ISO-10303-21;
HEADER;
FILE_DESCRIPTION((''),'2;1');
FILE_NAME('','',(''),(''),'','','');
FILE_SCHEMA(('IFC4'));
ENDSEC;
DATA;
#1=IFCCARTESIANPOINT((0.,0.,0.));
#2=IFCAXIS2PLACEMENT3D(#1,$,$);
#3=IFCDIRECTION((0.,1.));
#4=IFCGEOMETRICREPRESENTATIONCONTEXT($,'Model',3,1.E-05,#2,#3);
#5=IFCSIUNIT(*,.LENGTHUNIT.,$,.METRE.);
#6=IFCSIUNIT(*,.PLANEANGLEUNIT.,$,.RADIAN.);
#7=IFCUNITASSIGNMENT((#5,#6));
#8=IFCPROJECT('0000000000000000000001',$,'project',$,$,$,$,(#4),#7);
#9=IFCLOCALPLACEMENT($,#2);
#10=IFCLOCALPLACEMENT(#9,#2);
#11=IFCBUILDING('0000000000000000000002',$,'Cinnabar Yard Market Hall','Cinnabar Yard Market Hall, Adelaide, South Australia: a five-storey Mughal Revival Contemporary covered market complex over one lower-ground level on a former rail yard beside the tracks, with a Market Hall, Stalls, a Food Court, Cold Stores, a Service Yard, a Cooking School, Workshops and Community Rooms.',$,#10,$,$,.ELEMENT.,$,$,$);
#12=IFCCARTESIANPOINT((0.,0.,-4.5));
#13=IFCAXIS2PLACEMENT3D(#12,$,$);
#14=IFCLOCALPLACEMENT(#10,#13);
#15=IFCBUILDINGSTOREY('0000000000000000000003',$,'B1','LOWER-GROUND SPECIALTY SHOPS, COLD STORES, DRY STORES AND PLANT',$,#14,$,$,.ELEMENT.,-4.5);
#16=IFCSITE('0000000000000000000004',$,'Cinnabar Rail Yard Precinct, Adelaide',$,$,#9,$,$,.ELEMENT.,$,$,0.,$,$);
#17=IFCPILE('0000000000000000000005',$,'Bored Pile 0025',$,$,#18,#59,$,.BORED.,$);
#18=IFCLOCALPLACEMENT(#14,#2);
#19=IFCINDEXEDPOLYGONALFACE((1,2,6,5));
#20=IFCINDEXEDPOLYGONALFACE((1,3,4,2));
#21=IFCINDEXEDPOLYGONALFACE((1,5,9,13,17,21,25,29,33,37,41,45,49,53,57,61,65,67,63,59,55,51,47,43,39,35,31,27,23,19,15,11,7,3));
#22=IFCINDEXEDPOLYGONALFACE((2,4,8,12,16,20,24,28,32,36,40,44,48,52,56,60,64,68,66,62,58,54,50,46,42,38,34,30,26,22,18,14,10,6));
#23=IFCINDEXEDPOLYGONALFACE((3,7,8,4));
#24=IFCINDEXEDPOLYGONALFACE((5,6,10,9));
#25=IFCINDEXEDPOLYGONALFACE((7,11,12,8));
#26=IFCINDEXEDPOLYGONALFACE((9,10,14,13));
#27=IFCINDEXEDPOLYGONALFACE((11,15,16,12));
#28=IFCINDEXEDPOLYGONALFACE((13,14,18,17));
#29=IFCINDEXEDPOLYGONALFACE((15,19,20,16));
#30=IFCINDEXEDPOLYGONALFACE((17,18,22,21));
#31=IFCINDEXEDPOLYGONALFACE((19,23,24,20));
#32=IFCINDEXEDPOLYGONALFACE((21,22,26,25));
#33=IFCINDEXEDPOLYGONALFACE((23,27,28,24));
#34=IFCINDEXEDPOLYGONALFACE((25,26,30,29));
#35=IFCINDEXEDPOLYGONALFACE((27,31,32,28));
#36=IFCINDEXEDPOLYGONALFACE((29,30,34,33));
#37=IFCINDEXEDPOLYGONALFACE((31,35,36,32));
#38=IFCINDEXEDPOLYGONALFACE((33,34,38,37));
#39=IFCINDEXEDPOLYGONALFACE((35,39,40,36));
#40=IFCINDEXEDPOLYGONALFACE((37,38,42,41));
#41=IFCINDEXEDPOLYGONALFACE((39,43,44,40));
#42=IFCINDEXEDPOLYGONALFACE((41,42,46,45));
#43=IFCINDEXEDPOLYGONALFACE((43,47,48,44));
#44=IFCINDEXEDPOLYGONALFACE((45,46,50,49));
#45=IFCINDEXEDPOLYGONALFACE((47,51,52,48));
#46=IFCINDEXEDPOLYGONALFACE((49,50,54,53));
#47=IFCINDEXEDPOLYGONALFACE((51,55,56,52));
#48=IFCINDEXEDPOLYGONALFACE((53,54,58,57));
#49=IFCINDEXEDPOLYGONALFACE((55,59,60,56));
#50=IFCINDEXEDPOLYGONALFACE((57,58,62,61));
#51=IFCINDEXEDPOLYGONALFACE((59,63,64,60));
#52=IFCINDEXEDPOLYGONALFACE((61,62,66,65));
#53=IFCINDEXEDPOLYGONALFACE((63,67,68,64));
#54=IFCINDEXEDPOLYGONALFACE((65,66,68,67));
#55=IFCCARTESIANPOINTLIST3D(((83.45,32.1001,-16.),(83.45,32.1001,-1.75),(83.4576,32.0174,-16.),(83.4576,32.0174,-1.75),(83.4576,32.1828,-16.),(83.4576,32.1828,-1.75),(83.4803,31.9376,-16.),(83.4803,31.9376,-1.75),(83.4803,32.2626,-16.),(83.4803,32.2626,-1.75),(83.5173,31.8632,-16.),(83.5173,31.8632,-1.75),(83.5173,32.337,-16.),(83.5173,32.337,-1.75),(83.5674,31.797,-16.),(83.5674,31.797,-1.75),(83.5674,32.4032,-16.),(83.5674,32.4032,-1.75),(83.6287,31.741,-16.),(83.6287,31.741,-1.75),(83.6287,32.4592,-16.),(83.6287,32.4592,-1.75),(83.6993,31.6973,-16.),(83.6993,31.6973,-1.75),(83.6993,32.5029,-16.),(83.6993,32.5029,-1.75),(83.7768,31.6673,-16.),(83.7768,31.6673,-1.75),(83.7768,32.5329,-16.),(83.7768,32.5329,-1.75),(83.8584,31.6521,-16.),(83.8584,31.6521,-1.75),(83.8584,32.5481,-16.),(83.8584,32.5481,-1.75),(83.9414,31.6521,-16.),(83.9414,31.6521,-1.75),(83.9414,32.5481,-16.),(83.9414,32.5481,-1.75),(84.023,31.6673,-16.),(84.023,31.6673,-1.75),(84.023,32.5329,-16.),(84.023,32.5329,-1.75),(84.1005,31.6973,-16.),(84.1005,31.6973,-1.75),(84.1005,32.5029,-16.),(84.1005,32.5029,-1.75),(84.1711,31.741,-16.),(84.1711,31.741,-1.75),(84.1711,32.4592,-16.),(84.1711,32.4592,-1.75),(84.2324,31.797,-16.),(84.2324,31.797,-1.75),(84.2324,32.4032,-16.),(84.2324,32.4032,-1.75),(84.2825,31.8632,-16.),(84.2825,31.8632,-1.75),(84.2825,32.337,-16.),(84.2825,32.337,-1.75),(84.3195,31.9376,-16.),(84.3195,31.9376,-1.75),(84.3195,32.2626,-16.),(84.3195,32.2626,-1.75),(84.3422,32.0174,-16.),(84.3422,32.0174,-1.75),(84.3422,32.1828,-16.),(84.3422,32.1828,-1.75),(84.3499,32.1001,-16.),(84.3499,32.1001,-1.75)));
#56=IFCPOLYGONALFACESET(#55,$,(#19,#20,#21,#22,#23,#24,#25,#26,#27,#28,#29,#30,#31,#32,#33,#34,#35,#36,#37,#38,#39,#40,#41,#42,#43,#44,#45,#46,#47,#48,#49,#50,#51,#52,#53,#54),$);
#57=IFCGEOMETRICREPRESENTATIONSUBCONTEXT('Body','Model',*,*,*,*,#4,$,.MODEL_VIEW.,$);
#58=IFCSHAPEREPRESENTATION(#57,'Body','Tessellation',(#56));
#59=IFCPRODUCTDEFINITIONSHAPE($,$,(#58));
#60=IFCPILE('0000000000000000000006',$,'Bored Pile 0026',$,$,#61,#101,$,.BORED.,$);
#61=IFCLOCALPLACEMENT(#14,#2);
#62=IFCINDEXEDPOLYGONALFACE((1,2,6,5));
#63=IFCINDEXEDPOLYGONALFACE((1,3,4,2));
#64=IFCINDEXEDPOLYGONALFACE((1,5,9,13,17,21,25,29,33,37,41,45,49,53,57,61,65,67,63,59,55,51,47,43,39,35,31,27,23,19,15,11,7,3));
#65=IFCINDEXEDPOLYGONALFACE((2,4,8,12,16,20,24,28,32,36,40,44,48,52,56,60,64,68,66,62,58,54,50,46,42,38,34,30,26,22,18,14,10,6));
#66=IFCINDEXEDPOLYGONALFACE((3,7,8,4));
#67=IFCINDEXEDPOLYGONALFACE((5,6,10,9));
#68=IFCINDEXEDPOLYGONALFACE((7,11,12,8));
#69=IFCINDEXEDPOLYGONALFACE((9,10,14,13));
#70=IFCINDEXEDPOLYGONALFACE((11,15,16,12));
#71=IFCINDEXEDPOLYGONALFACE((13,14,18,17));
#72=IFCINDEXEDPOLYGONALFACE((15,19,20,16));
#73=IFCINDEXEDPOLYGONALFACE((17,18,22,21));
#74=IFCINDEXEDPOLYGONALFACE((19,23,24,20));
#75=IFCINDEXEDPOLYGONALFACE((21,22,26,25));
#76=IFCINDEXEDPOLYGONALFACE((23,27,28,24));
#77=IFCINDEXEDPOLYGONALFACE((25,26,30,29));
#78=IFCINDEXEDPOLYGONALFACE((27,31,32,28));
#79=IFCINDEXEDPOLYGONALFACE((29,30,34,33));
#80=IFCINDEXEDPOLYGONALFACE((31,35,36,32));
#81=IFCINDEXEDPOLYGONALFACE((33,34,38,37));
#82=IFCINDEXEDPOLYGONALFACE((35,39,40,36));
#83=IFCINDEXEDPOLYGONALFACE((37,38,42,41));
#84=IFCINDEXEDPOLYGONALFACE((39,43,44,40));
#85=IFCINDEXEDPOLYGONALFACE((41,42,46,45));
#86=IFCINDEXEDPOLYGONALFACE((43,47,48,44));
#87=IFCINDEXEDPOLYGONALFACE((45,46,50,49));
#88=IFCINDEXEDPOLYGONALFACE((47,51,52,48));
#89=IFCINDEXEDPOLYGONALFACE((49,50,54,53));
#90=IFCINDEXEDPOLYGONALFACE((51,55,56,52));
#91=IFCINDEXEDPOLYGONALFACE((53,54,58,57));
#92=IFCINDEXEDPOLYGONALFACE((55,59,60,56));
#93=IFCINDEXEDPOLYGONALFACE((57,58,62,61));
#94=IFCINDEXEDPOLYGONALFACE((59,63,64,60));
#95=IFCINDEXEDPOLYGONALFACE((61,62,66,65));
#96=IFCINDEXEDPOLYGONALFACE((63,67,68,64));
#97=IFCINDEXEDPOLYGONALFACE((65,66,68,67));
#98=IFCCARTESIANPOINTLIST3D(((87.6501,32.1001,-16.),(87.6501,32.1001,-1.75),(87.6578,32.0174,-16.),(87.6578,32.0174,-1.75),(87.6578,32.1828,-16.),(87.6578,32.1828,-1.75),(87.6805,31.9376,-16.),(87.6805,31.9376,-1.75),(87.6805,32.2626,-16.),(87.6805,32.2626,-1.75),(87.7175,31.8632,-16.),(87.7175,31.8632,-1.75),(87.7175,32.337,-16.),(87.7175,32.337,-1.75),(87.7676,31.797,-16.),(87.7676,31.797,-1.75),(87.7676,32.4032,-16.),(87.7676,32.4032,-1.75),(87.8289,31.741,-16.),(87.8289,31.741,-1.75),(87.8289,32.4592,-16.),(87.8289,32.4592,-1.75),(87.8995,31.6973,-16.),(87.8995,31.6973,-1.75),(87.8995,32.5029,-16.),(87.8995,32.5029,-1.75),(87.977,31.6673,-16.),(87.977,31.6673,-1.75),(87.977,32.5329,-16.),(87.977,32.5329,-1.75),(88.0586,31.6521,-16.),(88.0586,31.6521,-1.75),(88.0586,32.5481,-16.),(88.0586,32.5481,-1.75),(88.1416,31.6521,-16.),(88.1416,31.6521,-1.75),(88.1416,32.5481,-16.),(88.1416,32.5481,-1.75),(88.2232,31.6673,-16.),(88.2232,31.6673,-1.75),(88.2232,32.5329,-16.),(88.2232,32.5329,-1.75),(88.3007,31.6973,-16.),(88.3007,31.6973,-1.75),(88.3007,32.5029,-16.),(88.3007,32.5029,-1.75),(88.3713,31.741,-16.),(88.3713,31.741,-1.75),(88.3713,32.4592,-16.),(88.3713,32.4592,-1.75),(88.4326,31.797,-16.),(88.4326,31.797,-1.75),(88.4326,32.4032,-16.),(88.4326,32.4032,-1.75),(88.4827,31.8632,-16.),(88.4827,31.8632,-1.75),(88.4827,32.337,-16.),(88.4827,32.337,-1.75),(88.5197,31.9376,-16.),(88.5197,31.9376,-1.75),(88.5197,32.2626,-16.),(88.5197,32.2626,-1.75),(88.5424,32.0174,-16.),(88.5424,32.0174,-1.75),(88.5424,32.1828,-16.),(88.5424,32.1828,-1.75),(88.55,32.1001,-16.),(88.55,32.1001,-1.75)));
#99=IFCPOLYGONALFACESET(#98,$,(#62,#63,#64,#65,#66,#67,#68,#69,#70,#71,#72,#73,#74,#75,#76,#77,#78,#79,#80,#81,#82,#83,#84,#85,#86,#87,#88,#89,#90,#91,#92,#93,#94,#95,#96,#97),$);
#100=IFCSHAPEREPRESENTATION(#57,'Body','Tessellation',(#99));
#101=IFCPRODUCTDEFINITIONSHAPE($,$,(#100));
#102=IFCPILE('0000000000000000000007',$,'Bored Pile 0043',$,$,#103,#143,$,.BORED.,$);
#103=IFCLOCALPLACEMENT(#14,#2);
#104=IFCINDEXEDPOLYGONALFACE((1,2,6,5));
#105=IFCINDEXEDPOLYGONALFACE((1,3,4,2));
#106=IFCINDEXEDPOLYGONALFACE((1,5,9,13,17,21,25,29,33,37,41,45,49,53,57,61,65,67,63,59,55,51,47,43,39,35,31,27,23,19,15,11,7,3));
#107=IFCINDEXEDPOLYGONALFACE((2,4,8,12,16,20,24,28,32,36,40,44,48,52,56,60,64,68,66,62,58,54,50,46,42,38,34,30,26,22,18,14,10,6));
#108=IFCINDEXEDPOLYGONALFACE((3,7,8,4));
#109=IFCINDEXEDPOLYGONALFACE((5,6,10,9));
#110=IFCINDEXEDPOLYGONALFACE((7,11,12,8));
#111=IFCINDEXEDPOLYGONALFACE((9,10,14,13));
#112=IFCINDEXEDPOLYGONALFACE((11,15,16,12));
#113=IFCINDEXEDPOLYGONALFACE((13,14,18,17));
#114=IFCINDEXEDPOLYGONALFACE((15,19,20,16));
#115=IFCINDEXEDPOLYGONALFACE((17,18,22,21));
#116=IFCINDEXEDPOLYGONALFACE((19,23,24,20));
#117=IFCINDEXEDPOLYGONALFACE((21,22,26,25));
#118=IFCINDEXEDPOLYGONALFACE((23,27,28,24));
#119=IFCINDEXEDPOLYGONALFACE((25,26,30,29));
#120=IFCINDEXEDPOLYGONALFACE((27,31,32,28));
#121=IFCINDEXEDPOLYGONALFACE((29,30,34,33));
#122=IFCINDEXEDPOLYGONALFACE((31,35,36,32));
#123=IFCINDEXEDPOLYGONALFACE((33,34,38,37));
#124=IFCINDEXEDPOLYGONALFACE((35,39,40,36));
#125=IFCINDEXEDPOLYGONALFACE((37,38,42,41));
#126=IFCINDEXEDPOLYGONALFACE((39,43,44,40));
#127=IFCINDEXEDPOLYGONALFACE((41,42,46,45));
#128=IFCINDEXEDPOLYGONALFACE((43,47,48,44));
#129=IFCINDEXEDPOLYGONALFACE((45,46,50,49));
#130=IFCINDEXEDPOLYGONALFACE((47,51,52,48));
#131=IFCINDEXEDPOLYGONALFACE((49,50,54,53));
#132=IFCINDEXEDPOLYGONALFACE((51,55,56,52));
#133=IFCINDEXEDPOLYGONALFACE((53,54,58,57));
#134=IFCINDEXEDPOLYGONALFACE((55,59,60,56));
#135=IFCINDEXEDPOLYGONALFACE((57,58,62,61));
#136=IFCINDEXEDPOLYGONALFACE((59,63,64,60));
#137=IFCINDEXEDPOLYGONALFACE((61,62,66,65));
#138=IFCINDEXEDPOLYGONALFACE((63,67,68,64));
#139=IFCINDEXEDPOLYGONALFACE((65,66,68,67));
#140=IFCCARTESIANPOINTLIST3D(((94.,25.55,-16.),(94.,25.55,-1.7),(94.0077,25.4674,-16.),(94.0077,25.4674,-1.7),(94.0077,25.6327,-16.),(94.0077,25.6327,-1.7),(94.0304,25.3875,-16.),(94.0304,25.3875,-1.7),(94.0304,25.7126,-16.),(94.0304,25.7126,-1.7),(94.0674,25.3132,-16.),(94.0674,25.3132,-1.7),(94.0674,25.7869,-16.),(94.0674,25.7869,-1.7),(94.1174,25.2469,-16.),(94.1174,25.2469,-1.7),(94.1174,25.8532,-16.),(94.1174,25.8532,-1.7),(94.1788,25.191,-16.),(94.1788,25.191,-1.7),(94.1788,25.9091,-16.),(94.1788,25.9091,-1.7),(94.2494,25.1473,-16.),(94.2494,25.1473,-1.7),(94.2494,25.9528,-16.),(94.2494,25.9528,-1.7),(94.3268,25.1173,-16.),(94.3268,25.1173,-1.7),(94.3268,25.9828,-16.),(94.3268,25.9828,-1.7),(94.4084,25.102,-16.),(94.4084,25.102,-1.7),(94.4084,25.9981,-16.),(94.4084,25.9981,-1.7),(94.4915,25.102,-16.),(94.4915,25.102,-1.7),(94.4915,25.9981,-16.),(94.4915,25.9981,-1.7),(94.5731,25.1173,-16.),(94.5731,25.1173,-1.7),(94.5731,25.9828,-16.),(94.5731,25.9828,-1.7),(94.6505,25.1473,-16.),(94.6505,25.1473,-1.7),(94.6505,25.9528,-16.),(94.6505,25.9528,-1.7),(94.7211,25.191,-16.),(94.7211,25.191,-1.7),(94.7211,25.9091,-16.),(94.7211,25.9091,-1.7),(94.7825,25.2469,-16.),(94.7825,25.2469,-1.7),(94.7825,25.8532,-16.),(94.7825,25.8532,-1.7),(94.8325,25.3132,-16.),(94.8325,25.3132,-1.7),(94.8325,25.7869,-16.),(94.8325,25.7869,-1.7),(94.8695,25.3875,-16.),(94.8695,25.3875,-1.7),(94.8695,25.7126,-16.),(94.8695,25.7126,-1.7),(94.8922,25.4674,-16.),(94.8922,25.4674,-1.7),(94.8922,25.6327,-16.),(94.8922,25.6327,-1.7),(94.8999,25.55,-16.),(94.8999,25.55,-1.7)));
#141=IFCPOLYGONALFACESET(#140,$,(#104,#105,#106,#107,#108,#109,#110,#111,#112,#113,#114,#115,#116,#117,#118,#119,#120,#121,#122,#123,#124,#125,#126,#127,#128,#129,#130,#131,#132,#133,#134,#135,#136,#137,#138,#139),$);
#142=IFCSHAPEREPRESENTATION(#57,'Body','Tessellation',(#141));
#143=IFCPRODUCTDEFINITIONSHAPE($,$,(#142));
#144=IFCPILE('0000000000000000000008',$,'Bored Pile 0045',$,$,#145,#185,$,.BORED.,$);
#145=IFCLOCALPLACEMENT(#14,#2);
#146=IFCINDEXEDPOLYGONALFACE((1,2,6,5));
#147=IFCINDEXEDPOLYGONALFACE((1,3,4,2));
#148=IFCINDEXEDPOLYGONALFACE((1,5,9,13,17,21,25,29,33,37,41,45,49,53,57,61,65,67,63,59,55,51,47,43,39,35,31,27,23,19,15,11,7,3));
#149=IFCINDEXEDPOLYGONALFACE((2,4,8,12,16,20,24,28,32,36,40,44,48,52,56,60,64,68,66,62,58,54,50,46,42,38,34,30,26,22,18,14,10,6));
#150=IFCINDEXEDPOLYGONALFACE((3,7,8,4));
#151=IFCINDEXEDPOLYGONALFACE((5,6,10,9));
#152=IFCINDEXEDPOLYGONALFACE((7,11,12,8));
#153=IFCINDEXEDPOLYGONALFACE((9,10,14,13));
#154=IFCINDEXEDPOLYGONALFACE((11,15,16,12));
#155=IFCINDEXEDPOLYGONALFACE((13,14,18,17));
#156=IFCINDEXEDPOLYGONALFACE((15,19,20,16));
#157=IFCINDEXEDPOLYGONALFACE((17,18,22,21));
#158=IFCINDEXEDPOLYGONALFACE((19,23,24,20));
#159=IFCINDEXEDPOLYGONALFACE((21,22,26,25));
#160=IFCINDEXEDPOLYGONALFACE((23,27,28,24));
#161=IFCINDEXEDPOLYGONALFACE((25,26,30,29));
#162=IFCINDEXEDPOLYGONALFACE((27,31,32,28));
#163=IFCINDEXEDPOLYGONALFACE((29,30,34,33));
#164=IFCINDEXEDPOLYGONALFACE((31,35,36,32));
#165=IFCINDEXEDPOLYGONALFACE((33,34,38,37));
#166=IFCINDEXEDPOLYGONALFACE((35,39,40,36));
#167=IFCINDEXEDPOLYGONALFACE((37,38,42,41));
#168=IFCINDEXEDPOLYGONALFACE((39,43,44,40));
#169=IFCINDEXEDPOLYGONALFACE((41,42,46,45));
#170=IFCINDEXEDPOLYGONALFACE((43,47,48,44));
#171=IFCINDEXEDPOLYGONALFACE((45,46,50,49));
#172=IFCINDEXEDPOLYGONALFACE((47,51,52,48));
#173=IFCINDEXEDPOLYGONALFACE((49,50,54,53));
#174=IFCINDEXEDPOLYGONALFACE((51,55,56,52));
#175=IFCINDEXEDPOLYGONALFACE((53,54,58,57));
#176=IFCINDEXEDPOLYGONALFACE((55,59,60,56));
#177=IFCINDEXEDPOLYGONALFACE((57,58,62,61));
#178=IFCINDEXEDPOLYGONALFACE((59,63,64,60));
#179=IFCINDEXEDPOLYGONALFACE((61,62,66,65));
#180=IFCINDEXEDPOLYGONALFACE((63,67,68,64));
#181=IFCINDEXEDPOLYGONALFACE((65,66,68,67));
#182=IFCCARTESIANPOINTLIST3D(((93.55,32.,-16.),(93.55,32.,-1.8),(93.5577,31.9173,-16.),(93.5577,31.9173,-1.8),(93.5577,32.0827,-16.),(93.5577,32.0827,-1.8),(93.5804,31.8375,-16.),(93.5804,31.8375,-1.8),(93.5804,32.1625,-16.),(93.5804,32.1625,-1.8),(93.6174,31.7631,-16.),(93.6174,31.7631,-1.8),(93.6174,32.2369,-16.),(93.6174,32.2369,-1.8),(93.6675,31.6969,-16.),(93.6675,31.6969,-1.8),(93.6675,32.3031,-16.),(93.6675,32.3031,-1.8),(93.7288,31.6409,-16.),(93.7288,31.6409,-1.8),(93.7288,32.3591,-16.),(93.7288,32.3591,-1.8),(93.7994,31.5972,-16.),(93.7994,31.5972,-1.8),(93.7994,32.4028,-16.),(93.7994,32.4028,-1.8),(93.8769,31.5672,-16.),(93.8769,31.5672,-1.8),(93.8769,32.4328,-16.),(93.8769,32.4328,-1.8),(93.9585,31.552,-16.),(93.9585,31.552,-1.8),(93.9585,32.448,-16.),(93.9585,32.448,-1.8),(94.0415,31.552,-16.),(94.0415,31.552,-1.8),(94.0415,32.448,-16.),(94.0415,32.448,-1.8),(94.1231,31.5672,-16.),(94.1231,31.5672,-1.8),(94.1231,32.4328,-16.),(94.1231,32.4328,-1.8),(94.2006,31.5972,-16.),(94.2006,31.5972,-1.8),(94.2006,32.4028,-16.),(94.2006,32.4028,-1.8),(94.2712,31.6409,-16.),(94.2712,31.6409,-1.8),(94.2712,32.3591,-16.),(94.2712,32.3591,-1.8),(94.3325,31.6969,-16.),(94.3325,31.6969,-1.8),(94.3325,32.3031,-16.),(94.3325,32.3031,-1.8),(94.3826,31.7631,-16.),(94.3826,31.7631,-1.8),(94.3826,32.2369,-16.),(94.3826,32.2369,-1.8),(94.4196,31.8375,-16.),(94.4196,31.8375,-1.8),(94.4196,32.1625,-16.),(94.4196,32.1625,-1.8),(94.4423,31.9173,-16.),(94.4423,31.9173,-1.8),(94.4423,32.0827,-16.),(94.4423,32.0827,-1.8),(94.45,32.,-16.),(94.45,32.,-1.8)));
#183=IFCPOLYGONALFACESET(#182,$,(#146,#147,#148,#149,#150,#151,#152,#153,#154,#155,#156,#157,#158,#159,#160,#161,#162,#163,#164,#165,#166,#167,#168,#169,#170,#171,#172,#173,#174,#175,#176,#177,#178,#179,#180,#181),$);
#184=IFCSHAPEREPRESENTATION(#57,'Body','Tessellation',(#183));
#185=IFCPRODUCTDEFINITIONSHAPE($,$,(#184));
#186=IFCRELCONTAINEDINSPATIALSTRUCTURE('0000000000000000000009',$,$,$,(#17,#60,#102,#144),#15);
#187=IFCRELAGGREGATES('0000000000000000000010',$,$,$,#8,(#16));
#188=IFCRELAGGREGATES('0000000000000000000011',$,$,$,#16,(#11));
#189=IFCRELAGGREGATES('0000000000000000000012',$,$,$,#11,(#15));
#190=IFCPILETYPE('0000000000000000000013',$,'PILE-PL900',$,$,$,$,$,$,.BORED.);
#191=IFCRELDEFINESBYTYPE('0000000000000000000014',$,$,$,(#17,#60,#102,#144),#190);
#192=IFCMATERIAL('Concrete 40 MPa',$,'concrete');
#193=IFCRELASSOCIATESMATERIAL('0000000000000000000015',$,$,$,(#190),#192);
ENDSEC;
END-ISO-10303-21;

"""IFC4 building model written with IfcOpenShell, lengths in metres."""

from ifc_helpers import new_model, si_unit, direction, frame, origin, origin_2d_with_axis, place, context, subcontext, project, spatial, circle, extrude, material, material_profile, profile_set, type_object, element, save


model = new_model("IFC4")

# Units and contexts
model_context = context("Model", 3, precision=1e-05, world=origin(), true_north=direction((0.0, 1.0)))
body_context = subcontext(model_context, "Body", "Model", "MODEL_VIEW")
ifc_project = project(units=[si_unit("LENGTHUNIT", "METRE"), si_unit("PLANEANGLEUNIT", "RADIAN")], contexts=[model_context])

# Site, building, storey
site_placement = place(None, origin())
site = spatial("IfcSite", under=ifc_project, at=site_placement, Name="Cinnabar Rail Yard Precinct, Adelaide", CompositionType="ELEMENT", RefElevation=0.0)
building_placement = place(site_placement, origin())
building = spatial("IfcBuilding", under=site, at=building_placement, Name="Cinnabar Yard Market Hall", Description="Cinnabar Yard Market Hall, Adelaide, South Australia: a five-storey Mughal Revival Contemporary covered market complex over one lower-ground level on a former rail yard beside the tracks, with a Market Hall, Stalls, a Food Court, Cold Stores, a Service Yard, a Cooking School, Workshops and Community Rooms.", CompositionType="ELEMENT")
storey_placement = place(building_placement, frame((0.0, 0.0, -4.5)))
storey = spatial("IfcBuildingStorey", under=building, at=storey_placement, Name="B1", Description="LOWER-GROUND SPECIALTY SHOPS, COLD STORES, DRY STORES AND PLANT", CompositionType="ELEMENT", Elevation=-4.5)

# Shared definitions
ifc_material_1 = material(Name="Concrete 40 MPa", Category="concrete")

# Piles
ifc_material_profile_1 = material_profile(ifc_material_1, circle(Radius=0.45, at=origin_2d_with_axis()), Name="PILE-D900")
ifc_profile_set_1 = profile_set([ifc_material_profile_1], Name="Concrete 40 MPa")
pile_type_1 = type_object("IfcPileType", Name="PILE-PL900", PredefinedType="BORED", material=ifc_profile_set_1)
for number, where, z_axis, x_axis, name in (
    (1, (83.8999, 32.1001, -1.75), (0.0, 0.0, -1.0), (1.0, 0.0, 0.0), "Bored Pile 0025"),
    (2, (88.1001, 32.1001, -1.75), (0.0, 0.0, -1.0), (1.0, 0.0, 0.0), "Bored Pile 0026"),
):
    element("IfcPile", number, at=place(storey_placement, frame(where, z_axis=z_axis, x_axis=x_axis)), inside=storey, type_object=pile_type_1, Name=name, PredefinedType="BORED", context=body_context, shape_type="SweptSolid", body=[
        extrude(circle(Radius=0.45, at=origin_2d_with_axis()), origin(), (0.0, 0.0, 1.0), 14.25),
    ])
pile_1_placement = place(storey_placement, frame((94.45, 25.55, -1.7), z_axis=(0.0, 0.0, -1.0), x_axis=(1.0, 0.0, 0.0)))
element("IfcPile", 3, at=pile_1_placement, inside=storey, type_object=pile_type_1, Name="Bored Pile 0043", PredefinedType="BORED", context=body_context, shape_type="SweptSolid", body=[
    extrude(circle(Radius=0.45, at=origin_2d_with_axis()), origin(), (0.0, 0.0, 1.0), 14.3),
])
pile_2_placement = place(storey_placement, frame((94.0, 32.0, -1.8), z_axis=(0.0, 0.0, -1.0), x_axis=(1.0, 0.0, 0.0)))
element("IfcPile", 4, at=pile_2_placement, inside=storey, type_object=pile_type_1, Name="Bored Pile 0045", PredefinedType="BORED", context=body_context, shape_type="SweptSolid", body=[
    extrude(circle(Radius=0.45, at=origin_2d_with_axis()), origin(), (0.0, 0.0, 1.0), 14.2),
])

save(model, "model.ifc")
